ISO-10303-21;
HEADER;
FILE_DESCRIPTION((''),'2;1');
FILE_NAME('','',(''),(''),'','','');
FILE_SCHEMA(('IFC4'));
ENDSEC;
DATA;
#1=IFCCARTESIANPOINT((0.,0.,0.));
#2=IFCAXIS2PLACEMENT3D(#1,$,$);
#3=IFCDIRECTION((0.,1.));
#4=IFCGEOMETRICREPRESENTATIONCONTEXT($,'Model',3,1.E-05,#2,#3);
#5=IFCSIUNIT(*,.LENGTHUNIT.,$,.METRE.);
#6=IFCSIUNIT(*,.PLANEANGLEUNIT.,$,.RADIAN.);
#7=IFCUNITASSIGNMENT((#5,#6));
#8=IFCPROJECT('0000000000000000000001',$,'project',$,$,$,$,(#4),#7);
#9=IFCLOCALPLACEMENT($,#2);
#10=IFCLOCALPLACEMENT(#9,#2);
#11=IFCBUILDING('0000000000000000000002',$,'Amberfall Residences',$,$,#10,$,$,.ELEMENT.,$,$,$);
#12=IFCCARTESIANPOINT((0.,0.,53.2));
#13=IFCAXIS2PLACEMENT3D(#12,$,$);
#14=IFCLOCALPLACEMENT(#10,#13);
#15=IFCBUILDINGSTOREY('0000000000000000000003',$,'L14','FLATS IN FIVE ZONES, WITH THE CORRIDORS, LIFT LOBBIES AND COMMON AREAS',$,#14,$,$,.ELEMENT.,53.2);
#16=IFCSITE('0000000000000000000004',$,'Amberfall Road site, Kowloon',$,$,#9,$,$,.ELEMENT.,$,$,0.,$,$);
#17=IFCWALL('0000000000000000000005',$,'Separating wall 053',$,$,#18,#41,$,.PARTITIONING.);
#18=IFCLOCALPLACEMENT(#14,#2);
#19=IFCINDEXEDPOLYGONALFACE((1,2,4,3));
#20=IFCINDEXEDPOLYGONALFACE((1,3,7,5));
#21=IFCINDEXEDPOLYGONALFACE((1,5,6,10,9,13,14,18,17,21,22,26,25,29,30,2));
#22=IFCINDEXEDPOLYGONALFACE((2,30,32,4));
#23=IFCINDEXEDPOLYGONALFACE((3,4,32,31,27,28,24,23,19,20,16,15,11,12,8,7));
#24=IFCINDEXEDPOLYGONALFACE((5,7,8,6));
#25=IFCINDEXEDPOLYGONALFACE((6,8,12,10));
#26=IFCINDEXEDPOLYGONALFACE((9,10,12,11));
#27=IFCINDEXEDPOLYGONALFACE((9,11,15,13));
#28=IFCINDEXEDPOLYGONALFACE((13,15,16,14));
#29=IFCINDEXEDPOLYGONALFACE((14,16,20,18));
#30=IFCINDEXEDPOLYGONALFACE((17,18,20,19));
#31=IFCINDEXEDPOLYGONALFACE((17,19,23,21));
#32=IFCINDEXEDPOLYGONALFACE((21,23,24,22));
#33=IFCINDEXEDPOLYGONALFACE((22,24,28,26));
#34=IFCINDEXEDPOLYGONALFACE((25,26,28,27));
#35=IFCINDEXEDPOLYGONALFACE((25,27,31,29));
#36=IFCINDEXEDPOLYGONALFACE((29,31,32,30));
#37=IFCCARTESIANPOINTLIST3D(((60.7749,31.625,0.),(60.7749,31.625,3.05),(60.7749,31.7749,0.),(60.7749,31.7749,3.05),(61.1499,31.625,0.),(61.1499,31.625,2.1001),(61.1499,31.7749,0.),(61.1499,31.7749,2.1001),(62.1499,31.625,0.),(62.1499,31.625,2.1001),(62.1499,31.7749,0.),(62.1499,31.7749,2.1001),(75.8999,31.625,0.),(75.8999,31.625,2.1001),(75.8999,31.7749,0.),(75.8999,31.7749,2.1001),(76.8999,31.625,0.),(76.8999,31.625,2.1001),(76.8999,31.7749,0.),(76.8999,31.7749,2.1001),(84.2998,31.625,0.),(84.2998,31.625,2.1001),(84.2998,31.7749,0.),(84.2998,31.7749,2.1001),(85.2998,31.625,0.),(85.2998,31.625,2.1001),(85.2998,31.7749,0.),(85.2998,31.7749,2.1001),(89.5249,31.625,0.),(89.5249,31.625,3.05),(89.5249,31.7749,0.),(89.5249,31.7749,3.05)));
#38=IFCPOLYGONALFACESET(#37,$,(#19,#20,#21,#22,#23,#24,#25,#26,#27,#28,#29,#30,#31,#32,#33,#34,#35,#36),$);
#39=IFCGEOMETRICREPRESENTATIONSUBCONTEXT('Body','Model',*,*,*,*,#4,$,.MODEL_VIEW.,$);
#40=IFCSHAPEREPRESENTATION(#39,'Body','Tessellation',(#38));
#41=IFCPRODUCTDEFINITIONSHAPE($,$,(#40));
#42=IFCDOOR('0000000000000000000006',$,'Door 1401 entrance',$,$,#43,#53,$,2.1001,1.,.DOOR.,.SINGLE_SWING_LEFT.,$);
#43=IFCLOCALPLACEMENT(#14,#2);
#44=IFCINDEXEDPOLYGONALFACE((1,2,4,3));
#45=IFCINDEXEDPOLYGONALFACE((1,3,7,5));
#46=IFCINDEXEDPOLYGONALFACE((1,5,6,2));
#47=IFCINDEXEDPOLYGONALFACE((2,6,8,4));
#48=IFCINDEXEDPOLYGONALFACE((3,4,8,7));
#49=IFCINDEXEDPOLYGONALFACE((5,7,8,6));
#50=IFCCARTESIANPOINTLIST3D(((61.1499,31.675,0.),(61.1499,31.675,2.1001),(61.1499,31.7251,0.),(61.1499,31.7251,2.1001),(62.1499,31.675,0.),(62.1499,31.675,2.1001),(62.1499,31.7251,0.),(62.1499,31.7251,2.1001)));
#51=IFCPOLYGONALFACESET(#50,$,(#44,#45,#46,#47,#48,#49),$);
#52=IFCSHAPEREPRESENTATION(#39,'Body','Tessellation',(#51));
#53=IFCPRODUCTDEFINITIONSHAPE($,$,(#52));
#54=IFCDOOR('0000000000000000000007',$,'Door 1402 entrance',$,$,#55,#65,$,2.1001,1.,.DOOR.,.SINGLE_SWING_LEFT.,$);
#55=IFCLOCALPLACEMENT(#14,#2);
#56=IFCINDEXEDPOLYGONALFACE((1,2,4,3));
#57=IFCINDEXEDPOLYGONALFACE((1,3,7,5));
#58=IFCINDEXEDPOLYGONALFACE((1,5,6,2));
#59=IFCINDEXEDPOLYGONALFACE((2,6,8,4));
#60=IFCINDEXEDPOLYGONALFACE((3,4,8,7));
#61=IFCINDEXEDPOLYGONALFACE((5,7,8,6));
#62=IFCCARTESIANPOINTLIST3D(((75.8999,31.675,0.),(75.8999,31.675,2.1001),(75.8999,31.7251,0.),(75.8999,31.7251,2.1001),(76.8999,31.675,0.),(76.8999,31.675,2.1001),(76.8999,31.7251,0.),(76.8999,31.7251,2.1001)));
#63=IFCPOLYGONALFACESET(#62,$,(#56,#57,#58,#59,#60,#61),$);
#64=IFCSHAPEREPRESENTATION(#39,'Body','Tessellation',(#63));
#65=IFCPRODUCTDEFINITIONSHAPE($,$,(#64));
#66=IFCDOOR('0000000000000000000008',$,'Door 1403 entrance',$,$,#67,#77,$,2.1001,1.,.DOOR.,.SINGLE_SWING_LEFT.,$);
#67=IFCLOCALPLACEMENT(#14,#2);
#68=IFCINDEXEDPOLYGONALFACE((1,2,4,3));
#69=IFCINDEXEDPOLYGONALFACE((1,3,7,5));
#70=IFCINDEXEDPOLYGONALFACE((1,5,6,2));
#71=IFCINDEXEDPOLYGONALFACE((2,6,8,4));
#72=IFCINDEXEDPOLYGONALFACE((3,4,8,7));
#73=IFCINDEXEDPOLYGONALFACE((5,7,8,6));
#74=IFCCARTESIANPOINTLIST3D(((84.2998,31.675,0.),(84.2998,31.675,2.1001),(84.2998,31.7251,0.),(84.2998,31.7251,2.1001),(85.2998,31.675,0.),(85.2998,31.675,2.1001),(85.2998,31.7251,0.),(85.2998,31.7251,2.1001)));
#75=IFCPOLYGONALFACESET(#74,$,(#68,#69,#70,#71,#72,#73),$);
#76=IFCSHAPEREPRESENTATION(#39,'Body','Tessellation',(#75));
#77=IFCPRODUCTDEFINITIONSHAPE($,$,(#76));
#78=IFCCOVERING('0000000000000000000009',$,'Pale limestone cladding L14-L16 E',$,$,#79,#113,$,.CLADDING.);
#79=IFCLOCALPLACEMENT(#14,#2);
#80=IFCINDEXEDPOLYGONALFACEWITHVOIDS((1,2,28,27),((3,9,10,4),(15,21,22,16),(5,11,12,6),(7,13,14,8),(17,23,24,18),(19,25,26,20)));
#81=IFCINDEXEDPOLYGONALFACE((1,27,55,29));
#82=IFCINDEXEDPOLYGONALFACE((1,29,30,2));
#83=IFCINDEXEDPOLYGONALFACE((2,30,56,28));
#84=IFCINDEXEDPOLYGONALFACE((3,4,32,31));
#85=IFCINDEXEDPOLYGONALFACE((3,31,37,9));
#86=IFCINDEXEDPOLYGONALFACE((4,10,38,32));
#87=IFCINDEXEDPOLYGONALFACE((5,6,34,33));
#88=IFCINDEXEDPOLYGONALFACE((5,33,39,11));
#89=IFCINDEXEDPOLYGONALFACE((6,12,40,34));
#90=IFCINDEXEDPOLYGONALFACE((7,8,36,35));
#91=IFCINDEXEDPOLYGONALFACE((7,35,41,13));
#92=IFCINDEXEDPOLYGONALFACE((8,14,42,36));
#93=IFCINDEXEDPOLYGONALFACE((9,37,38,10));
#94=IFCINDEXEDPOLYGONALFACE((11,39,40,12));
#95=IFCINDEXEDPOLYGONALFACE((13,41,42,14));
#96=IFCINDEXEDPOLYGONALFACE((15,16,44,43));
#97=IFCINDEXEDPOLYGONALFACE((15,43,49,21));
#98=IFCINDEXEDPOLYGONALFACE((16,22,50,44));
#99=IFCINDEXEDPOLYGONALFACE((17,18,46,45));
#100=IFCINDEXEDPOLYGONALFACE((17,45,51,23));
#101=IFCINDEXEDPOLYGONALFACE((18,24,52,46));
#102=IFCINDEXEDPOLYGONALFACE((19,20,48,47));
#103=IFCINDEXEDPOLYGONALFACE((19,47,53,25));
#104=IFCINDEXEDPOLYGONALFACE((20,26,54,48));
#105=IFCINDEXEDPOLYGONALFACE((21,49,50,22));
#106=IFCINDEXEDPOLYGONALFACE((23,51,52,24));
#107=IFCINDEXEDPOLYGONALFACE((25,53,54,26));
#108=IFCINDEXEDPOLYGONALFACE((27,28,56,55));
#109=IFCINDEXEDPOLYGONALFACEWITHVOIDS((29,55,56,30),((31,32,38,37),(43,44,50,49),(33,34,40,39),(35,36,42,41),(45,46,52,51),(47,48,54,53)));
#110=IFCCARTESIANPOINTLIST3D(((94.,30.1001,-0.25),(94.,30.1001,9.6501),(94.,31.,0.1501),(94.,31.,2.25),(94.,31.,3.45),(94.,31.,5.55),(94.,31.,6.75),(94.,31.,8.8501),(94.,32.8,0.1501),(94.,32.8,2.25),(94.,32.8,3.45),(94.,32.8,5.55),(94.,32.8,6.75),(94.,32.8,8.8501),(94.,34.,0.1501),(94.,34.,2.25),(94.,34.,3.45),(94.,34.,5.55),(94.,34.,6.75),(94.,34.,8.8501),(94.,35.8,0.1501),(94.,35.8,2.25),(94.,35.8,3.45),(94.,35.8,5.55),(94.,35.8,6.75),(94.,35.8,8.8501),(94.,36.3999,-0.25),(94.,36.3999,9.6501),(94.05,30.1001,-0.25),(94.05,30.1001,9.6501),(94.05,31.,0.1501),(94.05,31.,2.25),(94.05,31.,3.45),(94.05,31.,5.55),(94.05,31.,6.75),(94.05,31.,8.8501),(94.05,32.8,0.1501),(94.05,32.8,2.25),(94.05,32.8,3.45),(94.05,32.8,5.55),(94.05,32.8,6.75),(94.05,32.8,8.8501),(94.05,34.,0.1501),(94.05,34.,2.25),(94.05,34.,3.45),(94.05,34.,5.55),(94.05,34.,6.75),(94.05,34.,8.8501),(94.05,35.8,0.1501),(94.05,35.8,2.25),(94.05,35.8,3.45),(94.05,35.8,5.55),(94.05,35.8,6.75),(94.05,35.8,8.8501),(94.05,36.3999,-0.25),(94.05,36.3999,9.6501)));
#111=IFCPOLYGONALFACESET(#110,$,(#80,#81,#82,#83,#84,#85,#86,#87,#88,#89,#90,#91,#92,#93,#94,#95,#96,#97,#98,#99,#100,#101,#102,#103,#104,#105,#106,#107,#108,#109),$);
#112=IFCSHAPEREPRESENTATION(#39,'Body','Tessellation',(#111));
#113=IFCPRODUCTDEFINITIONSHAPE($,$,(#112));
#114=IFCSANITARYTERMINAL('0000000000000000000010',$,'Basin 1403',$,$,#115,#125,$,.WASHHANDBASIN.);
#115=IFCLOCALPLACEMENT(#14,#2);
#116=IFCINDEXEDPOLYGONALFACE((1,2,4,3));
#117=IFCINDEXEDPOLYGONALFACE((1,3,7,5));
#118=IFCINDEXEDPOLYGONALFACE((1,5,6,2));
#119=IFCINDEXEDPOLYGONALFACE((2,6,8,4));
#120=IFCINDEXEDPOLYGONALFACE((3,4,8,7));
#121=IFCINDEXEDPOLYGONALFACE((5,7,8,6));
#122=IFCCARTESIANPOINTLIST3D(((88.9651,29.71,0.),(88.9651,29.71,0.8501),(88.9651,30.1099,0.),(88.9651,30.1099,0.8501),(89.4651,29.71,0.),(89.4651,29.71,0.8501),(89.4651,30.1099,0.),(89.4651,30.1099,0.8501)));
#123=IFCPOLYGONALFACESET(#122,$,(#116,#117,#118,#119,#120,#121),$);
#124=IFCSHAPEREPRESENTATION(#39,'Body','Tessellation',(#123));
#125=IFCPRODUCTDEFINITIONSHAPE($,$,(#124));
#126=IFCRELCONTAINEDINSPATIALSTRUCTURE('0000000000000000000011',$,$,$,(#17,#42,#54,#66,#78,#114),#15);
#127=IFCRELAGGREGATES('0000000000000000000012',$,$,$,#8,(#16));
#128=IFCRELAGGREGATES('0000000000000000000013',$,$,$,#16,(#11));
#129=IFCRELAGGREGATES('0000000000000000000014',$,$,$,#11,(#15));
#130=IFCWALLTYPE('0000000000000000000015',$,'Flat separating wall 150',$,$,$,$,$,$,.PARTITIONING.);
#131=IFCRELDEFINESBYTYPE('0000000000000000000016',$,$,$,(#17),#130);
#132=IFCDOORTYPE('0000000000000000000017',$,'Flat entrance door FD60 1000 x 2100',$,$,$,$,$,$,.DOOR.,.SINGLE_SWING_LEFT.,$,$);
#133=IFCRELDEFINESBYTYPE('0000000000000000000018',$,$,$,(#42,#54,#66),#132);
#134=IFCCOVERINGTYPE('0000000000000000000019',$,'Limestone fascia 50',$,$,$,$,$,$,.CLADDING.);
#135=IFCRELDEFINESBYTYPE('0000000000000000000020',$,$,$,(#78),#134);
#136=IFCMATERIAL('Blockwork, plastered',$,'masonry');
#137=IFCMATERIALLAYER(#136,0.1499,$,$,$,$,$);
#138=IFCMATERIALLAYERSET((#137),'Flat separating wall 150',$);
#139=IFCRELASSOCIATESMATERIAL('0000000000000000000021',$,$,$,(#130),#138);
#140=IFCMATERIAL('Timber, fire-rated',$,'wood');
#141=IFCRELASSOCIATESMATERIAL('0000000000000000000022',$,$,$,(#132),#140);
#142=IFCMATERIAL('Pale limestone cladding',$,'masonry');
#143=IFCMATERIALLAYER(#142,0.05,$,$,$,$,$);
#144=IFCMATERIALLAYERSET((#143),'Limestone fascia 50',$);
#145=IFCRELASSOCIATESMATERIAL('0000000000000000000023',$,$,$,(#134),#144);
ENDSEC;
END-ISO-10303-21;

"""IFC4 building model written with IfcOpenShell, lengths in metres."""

from ifc_helpers import new_model, si_unit, direction, frame, frame_2d, origin, origin_2d, place, context, subcontext, project, spatial, polyline, rectangle, outline, extrude, material, layer, layer_set, type_object, element, fill, save


model = new_model("IFC4")

# Units and contexts
model_context = context("Model", 3, precision=1e-05, world=origin(), true_north=direction((0.0, 1.0)))
body_context = subcontext(model_context, "Body", "Model", "MODEL_VIEW")
ifc_project = project(units=[si_unit("LENGTHUNIT", "METRE"), si_unit("PLANEANGLEUNIT", "RADIAN")], contexts=[model_context])

# Site, building, storey
site_placement = place(None, origin())
site = spatial("IfcSite", under=ifc_project, at=site_placement, Name="Amberfall Road site, Kowloon", CompositionType="ELEMENT", RefElevation=0.0)
building_placement = place(site_placement, origin())
building = spatial("IfcBuilding", under=site, at=building_placement, Name="Amberfall Residences", CompositionType="ELEMENT")
storey_placement = place(building_placement, frame((0.0, 0.0, 53.2)))
storey = spatial("IfcBuildingStorey", under=building, at=storey_placement, Name="L14", Description="FLATS IN FIVE ZONES, WITH THE CORRIDORS, LIFT LOBBIES AND COMMON AREAS", CompositionType="ELEMENT", Elevation=53.2)

# Shared definitions
ifc_material_1 = material(Name="Blockwork, plastered", Category="masonry")
ifc_layer_1 = layer(ifc_material_1, 0.1499)
ifc_layer_set_1 = layer_set([ifc_layer_1], Name="Flat separating wall 150")
wall_type_1 = type_object("IfcWallType", Name="Flat separating wall 150", PredefinedType="PARTITIONING", material=ifc_layer_set_1)

# Wall, openings, doors
wall_1_placement = place(storey_placement, frame((89.5249, 31.7, 0.0), z_axis=(0.0, 0.0, 1.0), x_axis=(-1.0, 0.0, 0.0)))
wall_1 = element("IfcWall", 1, at=wall_1_placement, inside=storey, type_object=wall_type_1, Name="Separating wall 053", PredefinedType="PARTITIONING", context=body_context, shape_type="SweptSolid", body=[
    extrude(rectangle(XDim=28.75, YDim=0.1499, at=frame_2d((14.375, 0.0))), origin(), (0.0, 0.0, 1.0), 3.05),
])
opening_1_placement = place(wall_1_placement, frame((27.375, 0.0, 0.0)))
opening_1 = element("IfcOpeningElement", 2, at=opening_1_placement, cuts=wall_1, PredefinedType="OPENING", context=body_context, shape_type="SweptSolid", body=[
    extrude(rectangle(XDim=1.0, YDim=2.1001, at=frame_2d((0.5, 1.05))), frame((0.0, 0.085, 0.0), z_axis=(0.0, -1.0, 0.0), x_axis=(1.0, 0.0, 0.0)), (0.0, 0.0, 1.0), 0.1699),
])
opening_2_placement = place(wall_1_placement, frame((12.625, 0.0, 0.0)))
opening_2 = element("IfcOpeningElement", 3, at=opening_2_placement, cuts=wall_1, PredefinedType="OPENING", context=body_context, shape_type="SweptSolid", body=[
    extrude(rectangle(XDim=1.0, YDim=2.1001, at=frame_2d((0.5, 1.05))), frame((0.0, 0.085, 0.0), z_axis=(0.0, -1.0, 0.0), x_axis=(1.0, 0.0, 0.0)), (0.0, 0.0, 1.0), 0.1699),
])
opening_3_placement = place(wall_1_placement, frame((4.2251, 0.0, 0.0)))
opening_3 = element("IfcOpeningElement", 4, at=opening_3_placement, cuts=wall_1, PredefinedType="OPENING", context=body_context, shape_type="SweptSolid", body=[
    extrude(rectangle(XDim=1.0, YDim=2.1001, at=frame_2d((0.5, 1.05))), frame((0.0, 0.085, 0.0), z_axis=(0.0, -1.0, 0.0), x_axis=(1.0, 0.0, 0.0)), (0.0, 0.0, 1.0), 0.1699),
])
ifc_material_2 = material(Name="Timber, fire-rated", Category="wood")
door_type_1 = type_object("IfcDoorType", Name="Flat entrance door FD60 1000 x 2100", OperationType="SINGLE_SWING_LEFT", PredefinedType="DOOR", material=ifc_material_2)
door_1_placement = place(opening_1_placement, origin())
door_1 = element("IfcDoor", 5, at=door_1_placement, inside=storey, type_object=door_type_1, Name="Door 1401 entrance", OperationType="SINGLE_SWING_LEFT", OverallHeight=2.1001, OverallWidth=1.0, PredefinedType="DOOR", context=body_context, shape_type="SweptSolid", body=[
    extrude(rectangle(XDim=1.0, YDim=2.1001, at=frame_2d((0.5, 1.05))), frame((0.0, 0.0249, 0.0), z_axis=(0.0, -1.0, 0.0), x_axis=(1.0, 0.0, 0.0)), (0.0, 0.0, 1.0), 0.05),
])
fill(opening_1, door_1)
door_2_placement = place(opening_2_placement, origin())
door_2 = element("IfcDoor", 6, at=door_2_placement, inside=storey, type_object=door_type_1, Name="Door 1402 entrance", OperationType="SINGLE_SWING_LEFT", OverallHeight=2.1001, OverallWidth=1.0, PredefinedType="DOOR", context=body_context, shape_type="SweptSolid", body=[
    extrude(rectangle(XDim=1.0, YDim=2.1001, at=frame_2d((0.5, 1.05))), frame((0.0, 0.0249, 0.0), z_axis=(0.0, -1.0, 0.0), x_axis=(1.0, 0.0, 0.0)), (0.0, 0.0, 1.0), 0.05),
])
fill(opening_2, door_2)
door_3_placement = place(opening_3_placement, origin())
door_3 = element("IfcDoor", 7, at=door_3_placement, inside=storey, type_object=door_type_1, Name="Door 1403 entrance", OperationType="SINGLE_SWING_LEFT", OverallHeight=2.1001, OverallWidth=1.0, PredefinedType="DOOR", context=body_context, shape_type="SweptSolid", body=[
    extrude(rectangle(XDim=1.0, YDim=2.1001, at=frame_2d((0.5, 1.05))), frame((0.0, 0.0249, 0.0), z_axis=(0.0, -1.0, 0.0), x_axis=(1.0, 0.0, 0.0)), (0.0, 0.0, 1.0), 0.05),
])
fill(opening_3, door_3)

# Covering
ifc_material_3 = material(Name="Pale limestone cladding", Category="masonry")
ifc_layer_2 = layer(ifc_material_3, 0.05)
ifc_layer_set_2 = layer_set([ifc_layer_2], Name="Limestone fascia 50")
covering_type = type_object("IfcCoveringType", Name="Limestone fascia 50", PredefinedType="CLADDING", material=ifc_layer_set_2)
covering_placement = place(storey_placement, frame((94.0, 30.1001, 9.6501), z_axis=(-1.0, 0.0, 0.0), x_axis=(0.0, 1.0, 0.0)))
element("IfcCovering", 8, at=covering_placement, inside=storey, type_object=covering_type, Name="Pale limestone cladding L14-L16 E", PredefinedType="CLADDING", context=body_context, shape_type="SweptSolid", body=[
    extrude(outline(polyline([(0.0, 0.0), (6.2998, 0.0), (6.2998, 9.9001), (0.0, 9.9001), (0.0, 0.0)]), holes=[polyline([(0.8999, 7.4001), (2.7, 7.4001), (2.7, 9.5), (0.8999, 9.5), (0.8999, 7.4001)]), polyline([(3.8999, 7.4001), (5.7, 7.4001), (5.7, 9.5), (3.8999, 9.5), (3.8999, 7.4001)]), polyline([(0.8999, 4.1001), (2.7, 4.1001), (2.7, 6.2002), (0.8999, 6.2002), (0.8999, 4.1001)]), polyline([(3.8999, 4.1001), (5.7, 4.1001), (5.7, 6.2002), (3.8999, 6.2002), (3.8999, 4.1001)]), polyline([(0.8999, 0.8), (2.7, 0.8), (2.7, 2.9001), (0.8999, 2.9001), (0.8999, 0.8)]), polyline([(3.8999, 0.8), (5.7, 0.8), (5.7, 2.9001), (3.8999, 2.9001), (3.8999, 0.8)])]), origin(), (0.0, 0.0, -1.0), 0.05),
])

# Sanitary terminal
sanitary_terminal_placement = place(storey_placement, frame((89.2151, 29.9099, 0.0), z_axis=(0.0, 0.0, 1.0), x_axis=(1.0, 0.0, 0.0)))
element("IfcSanitaryTerminal", 9, at=sanitary_terminal_placement, inside=storey, Name="Basin 1403", PredefinedType="WASHHANDBASIN", context=body_context, shape_type="SweptSolid", body=[
    extrude(rectangle(XDim=0.5, YDim=0.3999, at=origin_2d()), origin(), (0.0, 0.0, 1.0), 0.8501),
])

save(model, "model.ifc")
